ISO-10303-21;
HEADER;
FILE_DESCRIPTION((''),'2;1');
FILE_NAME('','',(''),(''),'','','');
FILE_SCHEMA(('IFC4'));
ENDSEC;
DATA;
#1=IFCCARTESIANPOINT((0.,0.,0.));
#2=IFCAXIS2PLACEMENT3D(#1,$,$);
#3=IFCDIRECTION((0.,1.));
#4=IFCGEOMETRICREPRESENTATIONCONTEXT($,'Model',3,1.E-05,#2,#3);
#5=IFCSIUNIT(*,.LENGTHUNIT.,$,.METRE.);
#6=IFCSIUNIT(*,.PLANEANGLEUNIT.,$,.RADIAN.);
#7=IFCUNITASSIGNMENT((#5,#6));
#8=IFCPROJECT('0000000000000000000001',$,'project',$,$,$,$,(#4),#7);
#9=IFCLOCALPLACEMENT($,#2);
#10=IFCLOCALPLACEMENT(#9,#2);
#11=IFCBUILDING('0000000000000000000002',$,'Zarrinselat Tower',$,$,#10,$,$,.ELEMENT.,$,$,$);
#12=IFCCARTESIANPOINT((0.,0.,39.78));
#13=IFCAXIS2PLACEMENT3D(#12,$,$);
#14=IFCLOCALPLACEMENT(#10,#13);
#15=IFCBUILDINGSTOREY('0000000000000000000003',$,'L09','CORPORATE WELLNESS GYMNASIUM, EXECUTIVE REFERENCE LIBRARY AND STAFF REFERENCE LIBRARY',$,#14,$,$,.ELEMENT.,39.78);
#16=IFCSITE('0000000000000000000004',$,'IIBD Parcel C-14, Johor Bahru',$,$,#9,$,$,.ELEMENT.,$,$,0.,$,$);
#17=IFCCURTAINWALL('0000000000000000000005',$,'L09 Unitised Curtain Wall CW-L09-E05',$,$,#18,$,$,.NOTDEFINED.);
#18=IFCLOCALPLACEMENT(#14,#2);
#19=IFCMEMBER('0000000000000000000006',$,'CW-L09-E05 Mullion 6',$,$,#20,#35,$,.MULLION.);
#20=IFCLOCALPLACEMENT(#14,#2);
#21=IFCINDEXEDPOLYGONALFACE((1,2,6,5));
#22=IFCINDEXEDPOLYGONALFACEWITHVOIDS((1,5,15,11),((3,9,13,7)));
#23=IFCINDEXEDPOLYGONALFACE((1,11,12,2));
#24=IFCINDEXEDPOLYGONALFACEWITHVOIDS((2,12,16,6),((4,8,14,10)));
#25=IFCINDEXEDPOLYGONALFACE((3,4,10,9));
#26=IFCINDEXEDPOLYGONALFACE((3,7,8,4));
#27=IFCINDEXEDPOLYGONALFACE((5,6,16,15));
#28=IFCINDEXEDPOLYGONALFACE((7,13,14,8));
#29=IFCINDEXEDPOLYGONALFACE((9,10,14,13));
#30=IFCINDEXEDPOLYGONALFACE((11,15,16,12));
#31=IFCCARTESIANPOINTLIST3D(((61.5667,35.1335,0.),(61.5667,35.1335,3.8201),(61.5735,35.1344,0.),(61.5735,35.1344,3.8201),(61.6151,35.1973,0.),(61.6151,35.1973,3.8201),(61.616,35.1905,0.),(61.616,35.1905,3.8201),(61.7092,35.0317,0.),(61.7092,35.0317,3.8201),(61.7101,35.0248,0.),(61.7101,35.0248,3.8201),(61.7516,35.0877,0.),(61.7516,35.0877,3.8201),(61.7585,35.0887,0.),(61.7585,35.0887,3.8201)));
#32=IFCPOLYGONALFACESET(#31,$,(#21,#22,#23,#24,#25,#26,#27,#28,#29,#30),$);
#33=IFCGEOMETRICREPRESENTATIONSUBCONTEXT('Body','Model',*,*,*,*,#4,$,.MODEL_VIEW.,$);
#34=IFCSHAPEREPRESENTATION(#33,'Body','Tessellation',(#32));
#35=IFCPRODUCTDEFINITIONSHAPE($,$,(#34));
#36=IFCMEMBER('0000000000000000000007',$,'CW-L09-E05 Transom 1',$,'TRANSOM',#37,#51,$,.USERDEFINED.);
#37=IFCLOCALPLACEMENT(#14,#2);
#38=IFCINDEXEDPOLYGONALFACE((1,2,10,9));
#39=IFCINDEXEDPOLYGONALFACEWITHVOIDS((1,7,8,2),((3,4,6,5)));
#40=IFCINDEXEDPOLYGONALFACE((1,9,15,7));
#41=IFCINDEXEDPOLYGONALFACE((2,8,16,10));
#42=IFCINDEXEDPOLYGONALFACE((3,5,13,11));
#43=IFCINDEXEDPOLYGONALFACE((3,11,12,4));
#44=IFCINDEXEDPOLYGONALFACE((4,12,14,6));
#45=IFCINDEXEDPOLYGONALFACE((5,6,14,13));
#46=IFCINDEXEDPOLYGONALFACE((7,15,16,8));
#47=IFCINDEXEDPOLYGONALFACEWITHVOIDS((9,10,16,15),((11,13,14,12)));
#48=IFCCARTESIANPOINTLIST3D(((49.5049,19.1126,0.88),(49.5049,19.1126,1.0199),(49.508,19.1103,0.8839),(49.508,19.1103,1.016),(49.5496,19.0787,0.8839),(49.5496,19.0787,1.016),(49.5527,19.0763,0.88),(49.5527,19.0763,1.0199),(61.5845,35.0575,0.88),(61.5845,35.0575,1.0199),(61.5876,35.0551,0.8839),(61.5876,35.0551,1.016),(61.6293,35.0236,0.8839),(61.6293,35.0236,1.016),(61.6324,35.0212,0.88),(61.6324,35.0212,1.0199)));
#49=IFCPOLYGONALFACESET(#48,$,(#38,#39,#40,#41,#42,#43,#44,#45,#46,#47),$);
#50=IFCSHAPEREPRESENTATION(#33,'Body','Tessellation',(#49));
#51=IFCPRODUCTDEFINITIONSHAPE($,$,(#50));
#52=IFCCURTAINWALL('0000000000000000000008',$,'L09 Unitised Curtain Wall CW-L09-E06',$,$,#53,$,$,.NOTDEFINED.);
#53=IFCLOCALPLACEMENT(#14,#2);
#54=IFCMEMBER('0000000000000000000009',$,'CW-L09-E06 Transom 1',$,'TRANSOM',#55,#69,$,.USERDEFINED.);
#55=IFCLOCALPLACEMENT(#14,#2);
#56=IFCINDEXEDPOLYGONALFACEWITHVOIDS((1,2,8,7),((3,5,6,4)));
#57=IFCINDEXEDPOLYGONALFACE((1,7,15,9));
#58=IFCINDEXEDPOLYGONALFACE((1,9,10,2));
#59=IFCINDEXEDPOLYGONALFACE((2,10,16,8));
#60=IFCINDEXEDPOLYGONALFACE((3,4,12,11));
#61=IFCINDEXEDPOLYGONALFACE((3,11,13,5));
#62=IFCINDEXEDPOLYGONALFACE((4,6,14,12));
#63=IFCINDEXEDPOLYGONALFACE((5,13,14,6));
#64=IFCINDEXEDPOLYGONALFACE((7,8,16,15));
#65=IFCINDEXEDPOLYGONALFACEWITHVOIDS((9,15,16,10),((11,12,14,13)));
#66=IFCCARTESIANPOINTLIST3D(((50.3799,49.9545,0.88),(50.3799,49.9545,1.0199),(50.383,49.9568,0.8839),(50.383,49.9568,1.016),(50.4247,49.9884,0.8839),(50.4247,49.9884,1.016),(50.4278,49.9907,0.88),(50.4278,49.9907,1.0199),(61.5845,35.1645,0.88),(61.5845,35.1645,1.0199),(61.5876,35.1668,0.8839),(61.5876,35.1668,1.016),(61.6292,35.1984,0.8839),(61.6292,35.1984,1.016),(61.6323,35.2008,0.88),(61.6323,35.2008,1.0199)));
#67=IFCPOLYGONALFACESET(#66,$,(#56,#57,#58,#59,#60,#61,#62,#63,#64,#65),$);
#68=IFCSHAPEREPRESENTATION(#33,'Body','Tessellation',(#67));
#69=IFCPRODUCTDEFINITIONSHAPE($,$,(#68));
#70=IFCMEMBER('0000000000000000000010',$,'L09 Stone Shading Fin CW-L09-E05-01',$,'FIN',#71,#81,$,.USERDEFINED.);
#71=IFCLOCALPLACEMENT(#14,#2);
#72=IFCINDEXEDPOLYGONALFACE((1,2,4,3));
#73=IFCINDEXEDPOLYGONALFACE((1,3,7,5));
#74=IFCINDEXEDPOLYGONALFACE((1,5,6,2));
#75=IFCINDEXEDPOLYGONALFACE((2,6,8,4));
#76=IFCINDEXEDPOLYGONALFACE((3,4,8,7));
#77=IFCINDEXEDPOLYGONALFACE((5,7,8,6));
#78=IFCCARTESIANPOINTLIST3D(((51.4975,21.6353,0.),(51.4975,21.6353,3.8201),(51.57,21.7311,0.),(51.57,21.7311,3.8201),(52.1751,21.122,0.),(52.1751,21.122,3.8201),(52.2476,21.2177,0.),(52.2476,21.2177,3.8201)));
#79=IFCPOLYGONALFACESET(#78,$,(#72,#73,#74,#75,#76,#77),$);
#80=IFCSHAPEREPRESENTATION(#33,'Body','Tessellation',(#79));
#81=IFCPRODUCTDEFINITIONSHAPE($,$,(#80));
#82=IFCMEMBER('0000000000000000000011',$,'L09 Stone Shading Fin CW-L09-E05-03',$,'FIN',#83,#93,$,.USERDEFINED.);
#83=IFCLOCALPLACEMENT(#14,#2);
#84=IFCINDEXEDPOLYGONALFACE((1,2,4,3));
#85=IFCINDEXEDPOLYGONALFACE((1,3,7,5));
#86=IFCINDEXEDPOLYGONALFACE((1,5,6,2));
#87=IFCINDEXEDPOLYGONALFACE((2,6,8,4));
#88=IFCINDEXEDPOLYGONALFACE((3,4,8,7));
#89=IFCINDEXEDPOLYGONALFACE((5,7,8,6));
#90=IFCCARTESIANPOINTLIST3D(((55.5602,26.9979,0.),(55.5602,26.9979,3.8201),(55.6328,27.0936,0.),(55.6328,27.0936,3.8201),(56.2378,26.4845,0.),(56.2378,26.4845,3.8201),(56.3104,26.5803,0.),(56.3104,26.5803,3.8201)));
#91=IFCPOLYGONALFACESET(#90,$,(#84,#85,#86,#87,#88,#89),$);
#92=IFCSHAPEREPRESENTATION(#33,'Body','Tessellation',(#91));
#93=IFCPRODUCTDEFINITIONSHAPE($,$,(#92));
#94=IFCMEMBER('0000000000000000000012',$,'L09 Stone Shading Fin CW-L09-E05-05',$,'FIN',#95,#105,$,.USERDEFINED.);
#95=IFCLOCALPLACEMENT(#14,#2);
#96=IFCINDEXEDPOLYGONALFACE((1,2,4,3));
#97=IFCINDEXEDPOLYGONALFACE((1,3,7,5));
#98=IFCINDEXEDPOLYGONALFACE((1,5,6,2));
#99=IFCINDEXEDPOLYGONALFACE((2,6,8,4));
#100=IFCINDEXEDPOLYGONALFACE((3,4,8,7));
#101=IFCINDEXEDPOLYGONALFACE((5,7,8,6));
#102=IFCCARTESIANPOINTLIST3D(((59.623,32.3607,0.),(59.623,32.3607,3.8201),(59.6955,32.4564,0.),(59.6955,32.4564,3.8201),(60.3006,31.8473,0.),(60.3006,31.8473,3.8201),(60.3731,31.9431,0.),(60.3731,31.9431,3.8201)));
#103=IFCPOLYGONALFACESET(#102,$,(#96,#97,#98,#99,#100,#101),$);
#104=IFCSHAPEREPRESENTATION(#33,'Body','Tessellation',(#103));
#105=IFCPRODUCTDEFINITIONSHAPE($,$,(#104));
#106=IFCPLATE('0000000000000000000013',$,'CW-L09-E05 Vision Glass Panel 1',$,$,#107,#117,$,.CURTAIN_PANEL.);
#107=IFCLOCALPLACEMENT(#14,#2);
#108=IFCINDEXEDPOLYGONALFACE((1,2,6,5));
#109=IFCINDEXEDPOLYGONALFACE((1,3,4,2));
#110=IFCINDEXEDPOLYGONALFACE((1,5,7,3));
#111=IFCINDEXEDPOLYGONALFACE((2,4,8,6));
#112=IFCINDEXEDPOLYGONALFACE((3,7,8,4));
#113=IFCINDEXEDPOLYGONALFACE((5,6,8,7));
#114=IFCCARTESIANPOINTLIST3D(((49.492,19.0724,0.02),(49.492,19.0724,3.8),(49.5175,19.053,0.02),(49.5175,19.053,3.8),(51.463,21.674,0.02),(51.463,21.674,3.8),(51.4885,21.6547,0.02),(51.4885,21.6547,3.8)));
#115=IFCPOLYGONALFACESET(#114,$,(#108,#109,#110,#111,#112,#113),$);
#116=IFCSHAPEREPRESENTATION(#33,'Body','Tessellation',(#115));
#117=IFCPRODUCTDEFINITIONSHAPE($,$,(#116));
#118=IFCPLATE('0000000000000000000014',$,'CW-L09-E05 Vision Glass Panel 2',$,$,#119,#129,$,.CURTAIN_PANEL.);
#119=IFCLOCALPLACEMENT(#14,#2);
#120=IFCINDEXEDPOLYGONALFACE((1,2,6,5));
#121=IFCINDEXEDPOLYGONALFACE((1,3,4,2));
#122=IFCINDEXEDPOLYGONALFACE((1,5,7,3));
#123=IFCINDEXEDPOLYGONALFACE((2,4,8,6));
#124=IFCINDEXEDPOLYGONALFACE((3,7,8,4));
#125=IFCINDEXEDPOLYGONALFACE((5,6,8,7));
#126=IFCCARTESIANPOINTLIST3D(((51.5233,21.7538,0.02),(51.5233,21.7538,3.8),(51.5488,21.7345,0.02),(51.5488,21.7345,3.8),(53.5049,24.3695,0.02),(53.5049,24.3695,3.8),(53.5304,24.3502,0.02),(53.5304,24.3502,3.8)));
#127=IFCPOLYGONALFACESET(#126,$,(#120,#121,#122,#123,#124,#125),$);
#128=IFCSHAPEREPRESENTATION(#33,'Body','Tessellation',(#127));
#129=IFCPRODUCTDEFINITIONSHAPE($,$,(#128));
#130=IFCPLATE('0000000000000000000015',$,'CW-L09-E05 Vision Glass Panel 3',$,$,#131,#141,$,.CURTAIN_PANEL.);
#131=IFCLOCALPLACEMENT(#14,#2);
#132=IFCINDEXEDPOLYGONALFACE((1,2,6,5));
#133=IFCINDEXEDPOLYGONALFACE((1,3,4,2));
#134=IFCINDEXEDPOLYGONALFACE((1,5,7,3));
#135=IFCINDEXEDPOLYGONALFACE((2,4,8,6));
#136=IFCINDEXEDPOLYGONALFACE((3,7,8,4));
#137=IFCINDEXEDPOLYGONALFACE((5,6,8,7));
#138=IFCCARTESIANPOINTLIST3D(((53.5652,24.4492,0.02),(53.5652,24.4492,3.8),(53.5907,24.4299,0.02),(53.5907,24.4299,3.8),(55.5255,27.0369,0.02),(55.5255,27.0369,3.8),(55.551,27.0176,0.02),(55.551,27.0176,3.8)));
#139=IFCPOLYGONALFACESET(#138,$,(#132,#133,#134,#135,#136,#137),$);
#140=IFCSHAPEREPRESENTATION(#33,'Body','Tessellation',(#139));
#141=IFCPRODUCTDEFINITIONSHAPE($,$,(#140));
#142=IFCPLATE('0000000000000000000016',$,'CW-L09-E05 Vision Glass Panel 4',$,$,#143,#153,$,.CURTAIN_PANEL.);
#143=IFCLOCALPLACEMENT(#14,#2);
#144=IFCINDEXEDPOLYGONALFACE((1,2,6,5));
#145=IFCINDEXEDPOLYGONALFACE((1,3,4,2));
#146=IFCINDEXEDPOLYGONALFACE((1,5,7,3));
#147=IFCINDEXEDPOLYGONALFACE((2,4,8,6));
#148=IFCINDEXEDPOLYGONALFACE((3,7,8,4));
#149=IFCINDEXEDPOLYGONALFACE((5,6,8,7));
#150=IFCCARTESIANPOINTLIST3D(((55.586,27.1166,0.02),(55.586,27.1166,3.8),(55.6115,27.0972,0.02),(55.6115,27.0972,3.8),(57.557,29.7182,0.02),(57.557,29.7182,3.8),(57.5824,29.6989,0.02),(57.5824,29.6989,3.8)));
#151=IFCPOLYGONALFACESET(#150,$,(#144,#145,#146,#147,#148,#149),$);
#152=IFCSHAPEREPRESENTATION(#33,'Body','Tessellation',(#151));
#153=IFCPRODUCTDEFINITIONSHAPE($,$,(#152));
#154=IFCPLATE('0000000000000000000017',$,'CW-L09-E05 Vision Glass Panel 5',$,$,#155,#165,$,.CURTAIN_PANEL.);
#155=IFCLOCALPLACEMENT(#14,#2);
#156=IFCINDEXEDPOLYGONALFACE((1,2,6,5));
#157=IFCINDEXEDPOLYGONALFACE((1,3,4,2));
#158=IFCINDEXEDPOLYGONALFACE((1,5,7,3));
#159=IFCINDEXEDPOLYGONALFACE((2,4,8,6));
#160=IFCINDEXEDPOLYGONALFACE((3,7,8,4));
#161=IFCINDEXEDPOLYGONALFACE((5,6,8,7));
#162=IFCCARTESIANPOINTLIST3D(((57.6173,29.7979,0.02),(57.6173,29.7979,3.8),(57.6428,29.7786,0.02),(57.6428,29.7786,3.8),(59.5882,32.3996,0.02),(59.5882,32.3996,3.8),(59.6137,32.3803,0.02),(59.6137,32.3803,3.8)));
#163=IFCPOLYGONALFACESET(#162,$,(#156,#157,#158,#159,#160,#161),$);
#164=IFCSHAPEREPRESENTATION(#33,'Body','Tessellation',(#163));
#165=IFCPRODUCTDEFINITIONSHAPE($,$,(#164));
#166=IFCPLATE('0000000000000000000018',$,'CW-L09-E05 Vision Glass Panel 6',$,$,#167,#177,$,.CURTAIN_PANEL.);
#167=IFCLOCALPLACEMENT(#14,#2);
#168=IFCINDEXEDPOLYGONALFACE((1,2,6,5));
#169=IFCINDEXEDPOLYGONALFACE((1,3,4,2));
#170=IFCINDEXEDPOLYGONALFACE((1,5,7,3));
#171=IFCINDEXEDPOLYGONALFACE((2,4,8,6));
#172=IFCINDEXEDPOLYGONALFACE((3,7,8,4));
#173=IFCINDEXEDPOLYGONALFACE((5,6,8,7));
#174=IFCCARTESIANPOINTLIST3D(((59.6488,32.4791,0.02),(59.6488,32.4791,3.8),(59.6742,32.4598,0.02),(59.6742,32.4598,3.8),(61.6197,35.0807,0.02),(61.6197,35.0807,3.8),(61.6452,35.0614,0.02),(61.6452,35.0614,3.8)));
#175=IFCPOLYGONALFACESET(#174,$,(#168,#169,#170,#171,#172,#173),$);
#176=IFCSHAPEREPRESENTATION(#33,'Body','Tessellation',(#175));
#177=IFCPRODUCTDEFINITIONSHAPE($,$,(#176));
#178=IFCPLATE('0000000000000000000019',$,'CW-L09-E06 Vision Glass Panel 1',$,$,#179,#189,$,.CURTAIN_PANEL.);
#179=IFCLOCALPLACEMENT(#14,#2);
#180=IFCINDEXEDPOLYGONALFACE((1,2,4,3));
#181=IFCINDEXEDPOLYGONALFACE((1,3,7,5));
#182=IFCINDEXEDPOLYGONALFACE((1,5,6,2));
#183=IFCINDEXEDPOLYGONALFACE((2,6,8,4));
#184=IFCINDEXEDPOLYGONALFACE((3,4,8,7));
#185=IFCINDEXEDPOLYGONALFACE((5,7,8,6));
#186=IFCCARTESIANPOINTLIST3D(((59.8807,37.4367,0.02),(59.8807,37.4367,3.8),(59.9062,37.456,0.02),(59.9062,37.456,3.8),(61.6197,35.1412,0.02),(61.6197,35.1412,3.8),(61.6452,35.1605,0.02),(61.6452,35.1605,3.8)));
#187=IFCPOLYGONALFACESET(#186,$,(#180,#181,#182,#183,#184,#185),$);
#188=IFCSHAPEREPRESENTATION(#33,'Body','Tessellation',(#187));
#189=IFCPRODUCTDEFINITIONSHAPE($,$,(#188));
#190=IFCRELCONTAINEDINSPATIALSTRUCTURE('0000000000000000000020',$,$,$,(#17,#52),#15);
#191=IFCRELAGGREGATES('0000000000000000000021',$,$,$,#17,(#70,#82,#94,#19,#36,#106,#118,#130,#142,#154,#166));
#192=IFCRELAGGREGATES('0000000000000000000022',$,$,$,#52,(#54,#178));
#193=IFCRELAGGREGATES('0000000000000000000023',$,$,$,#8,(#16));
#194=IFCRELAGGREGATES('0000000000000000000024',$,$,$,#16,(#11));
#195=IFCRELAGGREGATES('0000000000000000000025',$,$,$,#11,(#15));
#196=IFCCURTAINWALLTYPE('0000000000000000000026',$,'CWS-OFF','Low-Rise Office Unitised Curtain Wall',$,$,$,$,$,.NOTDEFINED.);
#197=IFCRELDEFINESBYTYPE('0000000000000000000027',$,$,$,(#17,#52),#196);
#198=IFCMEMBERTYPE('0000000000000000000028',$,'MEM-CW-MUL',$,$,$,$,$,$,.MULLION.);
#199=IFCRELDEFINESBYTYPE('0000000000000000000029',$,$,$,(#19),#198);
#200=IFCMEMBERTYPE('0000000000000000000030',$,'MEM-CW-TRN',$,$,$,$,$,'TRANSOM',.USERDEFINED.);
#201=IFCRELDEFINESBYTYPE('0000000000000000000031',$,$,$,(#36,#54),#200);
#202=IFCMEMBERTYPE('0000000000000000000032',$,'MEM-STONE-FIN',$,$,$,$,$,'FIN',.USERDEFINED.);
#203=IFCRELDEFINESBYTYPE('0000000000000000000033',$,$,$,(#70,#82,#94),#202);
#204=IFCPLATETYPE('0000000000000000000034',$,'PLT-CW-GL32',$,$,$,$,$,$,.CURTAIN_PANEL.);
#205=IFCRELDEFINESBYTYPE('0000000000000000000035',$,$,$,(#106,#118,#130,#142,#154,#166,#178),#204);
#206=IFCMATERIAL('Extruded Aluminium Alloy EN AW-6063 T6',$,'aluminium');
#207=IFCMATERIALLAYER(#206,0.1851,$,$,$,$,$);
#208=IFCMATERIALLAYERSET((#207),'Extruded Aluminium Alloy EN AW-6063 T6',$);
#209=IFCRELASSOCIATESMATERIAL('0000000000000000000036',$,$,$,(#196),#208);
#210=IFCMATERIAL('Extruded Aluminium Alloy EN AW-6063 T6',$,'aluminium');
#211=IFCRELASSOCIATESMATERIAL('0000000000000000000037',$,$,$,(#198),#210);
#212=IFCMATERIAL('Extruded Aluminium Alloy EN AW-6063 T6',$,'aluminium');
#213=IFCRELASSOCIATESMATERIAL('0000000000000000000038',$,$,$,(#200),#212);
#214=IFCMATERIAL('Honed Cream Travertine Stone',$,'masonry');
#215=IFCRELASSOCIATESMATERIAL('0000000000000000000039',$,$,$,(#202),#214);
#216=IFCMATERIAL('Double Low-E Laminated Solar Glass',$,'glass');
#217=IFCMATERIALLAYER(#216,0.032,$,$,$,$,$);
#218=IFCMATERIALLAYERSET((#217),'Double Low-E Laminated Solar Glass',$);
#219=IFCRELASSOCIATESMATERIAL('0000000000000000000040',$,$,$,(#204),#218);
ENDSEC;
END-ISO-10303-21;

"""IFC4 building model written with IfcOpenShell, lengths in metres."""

from ifc_helpers import new_model, si_unit, direction, frame, origin, origin_2d, place, context, subcontext, project, spatial, rectangle, hollow_rectangle, extrude, material, layer, layer_set, material_profile, profile_set, type_object, element, aggregate, save


model = new_model("IFC4")

# Units and contexts
model_context = context("Model", 3, precision=1e-05, world=origin(), true_north=direction((0.0, 1.0)))
body_context = subcontext(model_context, "Body", "Model", "MODEL_VIEW")
ifc_project = project(units=[si_unit("LENGTHUNIT", "METRE"), si_unit("PLANEANGLEUNIT", "RADIAN")], contexts=[model_context])

# Site, building, storey
site_placement = place(None, origin())
site = spatial("IfcSite", under=ifc_project, at=site_placement, Name="IIBD Parcel C-14, Johor Bahru", CompositionType="ELEMENT", RefElevation=0.0)
building_placement = place(site_placement, origin())
building = spatial("IfcBuilding", under=site, at=building_placement, Name="Zarrinselat Tower", CompositionType="ELEMENT")
storey_placement = place(building_placement, frame((0.0, 0.0, 39.78)))
storey = spatial("IfcBuildingStorey", under=building, at=storey_placement, Name="L09", Description="CORPORATE WELLNESS GYMNASIUM, EXECUTIVE REFERENCE LIBRARY AND STAFF REFERENCE LIBRARY", CompositionType="ELEMENT", Elevation=39.78)

# Shared definitions
ifc_material_1 = material(Name="Extruded Aluminium Alloy EN AW-6063 T6", Category="aluminium")
ifc_layer_1 = layer(ifc_material_1, 0.1851)
ifc_layer_set_1 = layer_set([ifc_layer_1], Name="Extruded Aluminium Alloy EN AW-6063 T6")
curtain_wall_type = type_object("IfcCurtainWallType", Name="CWS-OFF", Description="Low-Rise Office Unitised Curtain Wall", PredefinedType="NOTDEFINED", material=ifc_layer_set_1)
ifc_material_2 = material(Name="Extruded Aluminium Alloy EN AW-6063 T6", Category="aluminium")
ifc_material_profile_1 = material_profile(ifc_material_2, hollow_rectangle(XDim=0.0801, YDim=0.1799, WallThickness=0.0049, at=origin_2d()), Name="RHS 180x80x5")
ifc_profile_set_1 = profile_set([ifc_material_profile_1], Name="Extruded Aluminium Alloy EN AW-6063 T6")
member_type_1 = type_object("IfcMemberType", Name="MEM-CW-MUL", PredefinedType="MULLION", material=ifc_profile_set_1)

# Curtain wall, members
curtain_wall_1_placement = place(storey_placement, origin())
curtain_wall_1 = element("IfcCurtainWall", 1, at=curtain_wall_1_placement, inside=storey, type_object=curtain_wall_type, Name="L09 Unitised Curtain Wall CW-L09-E05", PredefinedType="NOTDEFINED")
member_1_placement = place(storey_placement, frame((61.6626, 35.1111, 0.0), z_axis=(0.0, 0.0, 1.0), x_axis=(0.603859, 0.797091, 0.0)))
member_1 = element("IfcMember", 2, at=member_1_placement, type_object=member_type_1, Name="CW-L09-E05 Mullion 6", PredefinedType="MULLION", context=body_context, shape_type="SweptSolid", body=[
    extrude(hollow_rectangle(XDim=0.0801, YDim=0.1799, WallThickness=0.0049, at=origin_2d()), origin(), (0.0, 0.0, 1.0), 3.8201),
])
ifc_material_3 = material(Name="Extruded Aluminium Alloy EN AW-6063 T6", Category="aluminium")
ifc_material_profile_2 = material_profile(ifc_material_3, hollow_rectangle(XDim=0.0601, YDim=0.1399, WallThickness=0.0039, at=origin_2d()), Name="RHS 140x60x4")
ifc_profile_set_2 = profile_set([ifc_material_profile_2], Name="Extruded Aluminium Alloy EN AW-6063 T6")
member_type_2 = type_object("IfcMemberType", Name="MEM-CW-TRN", ElementType="TRANSOM", PredefinedType="USERDEFINED", material=ifc_profile_set_2)
member_2_placement = place(storey_placement, frame((49.5288, 19.0945, 0.95), z_axis=(0.603863, 0.797088, 0.0), x_axis=(-0.797088, 0.603863, 0.0)))
member_2 = element("IfcMember", 3, at=member_2_placement, type_object=member_type_2, Name="CW-L09-E05 Transom 1", ObjectType="TRANSOM", PredefinedType="USERDEFINED", context=body_context, shape_type="SweptSolid", body=[
    extrude(hollow_rectangle(XDim=0.0601, YDim=0.1399, WallThickness=0.0039, at=origin_2d()), origin(), (0.0, 0.0, 1.0), 20.0039),
])

# Curtain wall, member
curtain_wall_2_placement = place(storey_placement, origin())
curtain_wall_2 = element("IfcCurtainWall", 4, at=curtain_wall_2_placement, inside=storey, type_object=curtain_wall_type, Name="L09 Unitised Curtain Wall CW-L09-E06", PredefinedType="NOTDEFINED")
member_3_placement = place(storey_placement, frame((61.6084, 35.1826, 0.95), z_axis=(-0.603858, 0.797092, 0.0), x_axis=(-0.797092, -0.603858, 0.0)))
member_3 = element("IfcMember", 5, at=member_3_placement, type_object=member_type_2, Name="CW-L09-E06 Transom 1", ObjectType="TRANSOM", PredefinedType="USERDEFINED", context=body_context, shape_type="SweptSolid", body=[
    extrude(hollow_rectangle(XDim=0.0601, YDim=0.1399, WallThickness=0.0039, at=origin_2d()), origin(), (0.0, 0.0, 1.0), 18.5549),
])

# Members
ifc_material_4 = material(Name="Honed Cream Travertine Stone", Category="masonry")
ifc_material_profile_3 = material_profile(ifc_material_4, rectangle(XDim=0.1201, YDim=0.8501, at=origin_2d()), Name="FIN 850x120")
ifc_profile_set_3 = profile_set([ifc_material_profile_3], Name="Honed Cream Travertine Stone")
member_type_3 = type_object("IfcMemberType", Name="MEM-STONE-FIN", ElementType="FIN", PredefinedType="USERDEFINED", material=ifc_profile_set_3)
member_4_placement = place(storey_placement, frame((51.8726, 21.4265, 0.0), z_axis=(0.0, 0.0, 1.0), x_axis=(-0.603859, -0.797091, 0.0)))
member_4 = element("IfcMember", 6, at=member_4_placement, type_object=member_type_3, Name="L09 Stone Shading Fin CW-L09-E05-01", ObjectType="FIN", PredefinedType="USERDEFINED", context=body_context, shape_type="SweptSolid", body=[
    extrude(rectangle(XDim=0.1201, YDim=0.8501, at=origin_2d()), origin(), (0.0, 0.0, 1.0), 3.8201),
])
member_5_placement = place(storey_placement, frame((55.9353, 26.7891, 0.0), z_axis=(0.0, 0.0, 1.0), x_axis=(-0.603859, -0.797091, 0.0)))
member_5 = element("IfcMember", 7, at=member_5_placement, type_object=member_type_3, Name="L09 Stone Shading Fin CW-L09-E05-03", ObjectType="FIN", PredefinedType="USERDEFINED", context=body_context, shape_type="SweptSolid", body=[
    extrude(rectangle(XDim=0.1201, YDim=0.8501, at=origin_2d()), origin(), (0.0, 0.0, 1.0), 3.8201),
])
member_6_placement = place(storey_placement, frame((59.998, 32.1519, 0.0), z_axis=(0.0, 0.0, 1.0), x_axis=(-0.603859, -0.797091, 0.0)))
member_6 = element("IfcMember", 8, at=member_6_placement, type_object=member_type_3, Name="L09 Stone Shading Fin CW-L09-E05-05", ObjectType="FIN", PredefinedType="USERDEFINED", context=body_context, shape_type="SweptSolid", body=[
    extrude(rectangle(XDim=0.1201, YDim=0.8501, at=origin_2d()), origin(), (0.0, 0.0, 1.0), 3.8201),
])

# Plates
ifc_material_5 = material(Name="Double Low-E Laminated Solar Glass", Category="glass")
ifc_layer_2 = layer(ifc_material_5, 0.032)
ifc_layer_set_2 = layer_set([ifc_layer_2], Name="Double Low-E Laminated Solar Glass")
plate_type = type_object("IfcPlateType", Name="PLT-CW-GL32", PredefinedType="CURTAIN_PANEL", material=ifc_layer_set_2)
plate_1_placement = place(storey_placement, frame((50.4902, 20.3635, 0.02), z_axis=(0.0, 0.0, 1.0), x_axis=(0.603859, 0.797091, 0.0)))
plate_1 = element("IfcPlate", 9, at=plate_1_placement, type_object=plate_type, Name="CW-L09-E05 Vision Glass Panel 1", PredefinedType="CURTAIN_PANEL", context=body_context, shape_type="SweptSolid", body=[
    extrude(rectangle(XDim=3.2639, YDim=0.032, at=origin_2d()), origin(), (0.0, 0.0, 1.0), 3.78),
])
plate_2_placement = place(storey_placement, frame((52.5269, 23.052, 0.02), z_axis=(0.0, 0.0, 1.0), x_axis=(0.603859, 0.797091, 0.0)))
plate_2 = element("IfcPlate", 10, at=plate_2_placement, type_object=plate_type, Name="CW-L09-E05 Vision Glass Panel 2", PredefinedType="CURTAIN_PANEL", context=body_context, shape_type="SweptSolid", body=[
    extrude(rectangle(XDim=3.2815, YDim=0.032, at=origin_2d()), origin(), (0.0, 0.0, 1.0), 3.78),
])
plate_3_placement = place(storey_placement, frame((54.5581, 25.7334, 0.02), z_axis=(0.0, 0.0, 1.0), x_axis=(0.603859, 0.797091, 0.0)))
plate_3 = element("IfcPlate", 11, at=plate_3_placement, type_object=plate_type, Name="CW-L09-E05 Vision Glass Panel 3", PredefinedType="CURTAIN_PANEL", context=body_context, shape_type="SweptSolid", body=[
    extrude(rectangle(XDim=3.2463, YDim=0.032, at=origin_2d()), origin(), (0.0, 0.0, 1.0), 3.78),
])
plate_4_placement = place(storey_placement, frame((56.5842, 28.4077, 0.02), z_axis=(0.0, 0.0, 1.0), x_axis=(0.603859, 0.797091, 0.0)))
plate_4 = element("IfcPlate", 12, at=plate_4_placement, type_object=plate_type, Name="CW-L09-E05 Vision Glass Panel 4", PredefinedType="CURTAIN_PANEL", context=body_context, shape_type="SweptSolid", body=[
    extrude(rectangle(XDim=3.2639, YDim=0.032, at=origin_2d()), origin(), (0.0, 0.0, 1.0), 3.78),
])
plate_5_placement = place(storey_placement, frame((58.6155, 31.0891, 0.02), z_axis=(0.0, 0.0, 1.0), x_axis=(0.603859, 0.797091, 0.0)))
plate_5 = element("IfcPlate", 13, at=plate_5_placement, type_object=plate_type, Name="CW-L09-E05 Vision Glass Panel 5", PredefinedType="CURTAIN_PANEL", context=body_context, shape_type="SweptSolid", body=[
    extrude(rectangle(XDim=3.2639, YDim=0.032, at=origin_2d()), origin(), (0.0, 0.0, 1.0), 3.78),
])
plate_6_placement = place(storey_placement, frame((60.647, 33.7703, 0.02), z_axis=(0.0, 0.0, 1.0), x_axis=(0.603859, 0.797091, 0.0)))
plate_6 = element("IfcPlate", 14, at=plate_6_placement, type_object=plate_type, Name="CW-L09-E05 Vision Glass Panel 6", PredefinedType="CURTAIN_PANEL", context=body_context, shape_type="SweptSolid", body=[
    extrude(rectangle(XDim=3.2639, YDim=0.032, at=origin_2d()), origin(), (0.0, 0.0, 1.0), 3.78),
])
aggregate(curtain_wall_1, [member_4, member_5, member_6, member_1, member_2, plate_1, plate_2, plate_3, plate_4, plate_5, plate_6])
plate_7_placement = place(storey_placement, frame((60.7629, 36.2986, 0.02), z_axis=(0.0, 0.0, 1.0), x_axis=(-0.603858, 0.797092, 0.0)))
plate_7 = element("IfcPlate", 15, at=plate_7_placement, type_object=plate_type, Name="CW-L09-E06 Vision Glass Panel 1", PredefinedType="CURTAIN_PANEL", context=body_context, shape_type="SweptSolid", body=[
    extrude(rectangle(XDim=2.8799, YDim=0.032, at=origin_2d()), origin(), (0.0, 0.0, 1.0), 3.78),
])
aggregate(curtain_wall_2, [member_3, plate_7])

save(model, "model.ifc")
